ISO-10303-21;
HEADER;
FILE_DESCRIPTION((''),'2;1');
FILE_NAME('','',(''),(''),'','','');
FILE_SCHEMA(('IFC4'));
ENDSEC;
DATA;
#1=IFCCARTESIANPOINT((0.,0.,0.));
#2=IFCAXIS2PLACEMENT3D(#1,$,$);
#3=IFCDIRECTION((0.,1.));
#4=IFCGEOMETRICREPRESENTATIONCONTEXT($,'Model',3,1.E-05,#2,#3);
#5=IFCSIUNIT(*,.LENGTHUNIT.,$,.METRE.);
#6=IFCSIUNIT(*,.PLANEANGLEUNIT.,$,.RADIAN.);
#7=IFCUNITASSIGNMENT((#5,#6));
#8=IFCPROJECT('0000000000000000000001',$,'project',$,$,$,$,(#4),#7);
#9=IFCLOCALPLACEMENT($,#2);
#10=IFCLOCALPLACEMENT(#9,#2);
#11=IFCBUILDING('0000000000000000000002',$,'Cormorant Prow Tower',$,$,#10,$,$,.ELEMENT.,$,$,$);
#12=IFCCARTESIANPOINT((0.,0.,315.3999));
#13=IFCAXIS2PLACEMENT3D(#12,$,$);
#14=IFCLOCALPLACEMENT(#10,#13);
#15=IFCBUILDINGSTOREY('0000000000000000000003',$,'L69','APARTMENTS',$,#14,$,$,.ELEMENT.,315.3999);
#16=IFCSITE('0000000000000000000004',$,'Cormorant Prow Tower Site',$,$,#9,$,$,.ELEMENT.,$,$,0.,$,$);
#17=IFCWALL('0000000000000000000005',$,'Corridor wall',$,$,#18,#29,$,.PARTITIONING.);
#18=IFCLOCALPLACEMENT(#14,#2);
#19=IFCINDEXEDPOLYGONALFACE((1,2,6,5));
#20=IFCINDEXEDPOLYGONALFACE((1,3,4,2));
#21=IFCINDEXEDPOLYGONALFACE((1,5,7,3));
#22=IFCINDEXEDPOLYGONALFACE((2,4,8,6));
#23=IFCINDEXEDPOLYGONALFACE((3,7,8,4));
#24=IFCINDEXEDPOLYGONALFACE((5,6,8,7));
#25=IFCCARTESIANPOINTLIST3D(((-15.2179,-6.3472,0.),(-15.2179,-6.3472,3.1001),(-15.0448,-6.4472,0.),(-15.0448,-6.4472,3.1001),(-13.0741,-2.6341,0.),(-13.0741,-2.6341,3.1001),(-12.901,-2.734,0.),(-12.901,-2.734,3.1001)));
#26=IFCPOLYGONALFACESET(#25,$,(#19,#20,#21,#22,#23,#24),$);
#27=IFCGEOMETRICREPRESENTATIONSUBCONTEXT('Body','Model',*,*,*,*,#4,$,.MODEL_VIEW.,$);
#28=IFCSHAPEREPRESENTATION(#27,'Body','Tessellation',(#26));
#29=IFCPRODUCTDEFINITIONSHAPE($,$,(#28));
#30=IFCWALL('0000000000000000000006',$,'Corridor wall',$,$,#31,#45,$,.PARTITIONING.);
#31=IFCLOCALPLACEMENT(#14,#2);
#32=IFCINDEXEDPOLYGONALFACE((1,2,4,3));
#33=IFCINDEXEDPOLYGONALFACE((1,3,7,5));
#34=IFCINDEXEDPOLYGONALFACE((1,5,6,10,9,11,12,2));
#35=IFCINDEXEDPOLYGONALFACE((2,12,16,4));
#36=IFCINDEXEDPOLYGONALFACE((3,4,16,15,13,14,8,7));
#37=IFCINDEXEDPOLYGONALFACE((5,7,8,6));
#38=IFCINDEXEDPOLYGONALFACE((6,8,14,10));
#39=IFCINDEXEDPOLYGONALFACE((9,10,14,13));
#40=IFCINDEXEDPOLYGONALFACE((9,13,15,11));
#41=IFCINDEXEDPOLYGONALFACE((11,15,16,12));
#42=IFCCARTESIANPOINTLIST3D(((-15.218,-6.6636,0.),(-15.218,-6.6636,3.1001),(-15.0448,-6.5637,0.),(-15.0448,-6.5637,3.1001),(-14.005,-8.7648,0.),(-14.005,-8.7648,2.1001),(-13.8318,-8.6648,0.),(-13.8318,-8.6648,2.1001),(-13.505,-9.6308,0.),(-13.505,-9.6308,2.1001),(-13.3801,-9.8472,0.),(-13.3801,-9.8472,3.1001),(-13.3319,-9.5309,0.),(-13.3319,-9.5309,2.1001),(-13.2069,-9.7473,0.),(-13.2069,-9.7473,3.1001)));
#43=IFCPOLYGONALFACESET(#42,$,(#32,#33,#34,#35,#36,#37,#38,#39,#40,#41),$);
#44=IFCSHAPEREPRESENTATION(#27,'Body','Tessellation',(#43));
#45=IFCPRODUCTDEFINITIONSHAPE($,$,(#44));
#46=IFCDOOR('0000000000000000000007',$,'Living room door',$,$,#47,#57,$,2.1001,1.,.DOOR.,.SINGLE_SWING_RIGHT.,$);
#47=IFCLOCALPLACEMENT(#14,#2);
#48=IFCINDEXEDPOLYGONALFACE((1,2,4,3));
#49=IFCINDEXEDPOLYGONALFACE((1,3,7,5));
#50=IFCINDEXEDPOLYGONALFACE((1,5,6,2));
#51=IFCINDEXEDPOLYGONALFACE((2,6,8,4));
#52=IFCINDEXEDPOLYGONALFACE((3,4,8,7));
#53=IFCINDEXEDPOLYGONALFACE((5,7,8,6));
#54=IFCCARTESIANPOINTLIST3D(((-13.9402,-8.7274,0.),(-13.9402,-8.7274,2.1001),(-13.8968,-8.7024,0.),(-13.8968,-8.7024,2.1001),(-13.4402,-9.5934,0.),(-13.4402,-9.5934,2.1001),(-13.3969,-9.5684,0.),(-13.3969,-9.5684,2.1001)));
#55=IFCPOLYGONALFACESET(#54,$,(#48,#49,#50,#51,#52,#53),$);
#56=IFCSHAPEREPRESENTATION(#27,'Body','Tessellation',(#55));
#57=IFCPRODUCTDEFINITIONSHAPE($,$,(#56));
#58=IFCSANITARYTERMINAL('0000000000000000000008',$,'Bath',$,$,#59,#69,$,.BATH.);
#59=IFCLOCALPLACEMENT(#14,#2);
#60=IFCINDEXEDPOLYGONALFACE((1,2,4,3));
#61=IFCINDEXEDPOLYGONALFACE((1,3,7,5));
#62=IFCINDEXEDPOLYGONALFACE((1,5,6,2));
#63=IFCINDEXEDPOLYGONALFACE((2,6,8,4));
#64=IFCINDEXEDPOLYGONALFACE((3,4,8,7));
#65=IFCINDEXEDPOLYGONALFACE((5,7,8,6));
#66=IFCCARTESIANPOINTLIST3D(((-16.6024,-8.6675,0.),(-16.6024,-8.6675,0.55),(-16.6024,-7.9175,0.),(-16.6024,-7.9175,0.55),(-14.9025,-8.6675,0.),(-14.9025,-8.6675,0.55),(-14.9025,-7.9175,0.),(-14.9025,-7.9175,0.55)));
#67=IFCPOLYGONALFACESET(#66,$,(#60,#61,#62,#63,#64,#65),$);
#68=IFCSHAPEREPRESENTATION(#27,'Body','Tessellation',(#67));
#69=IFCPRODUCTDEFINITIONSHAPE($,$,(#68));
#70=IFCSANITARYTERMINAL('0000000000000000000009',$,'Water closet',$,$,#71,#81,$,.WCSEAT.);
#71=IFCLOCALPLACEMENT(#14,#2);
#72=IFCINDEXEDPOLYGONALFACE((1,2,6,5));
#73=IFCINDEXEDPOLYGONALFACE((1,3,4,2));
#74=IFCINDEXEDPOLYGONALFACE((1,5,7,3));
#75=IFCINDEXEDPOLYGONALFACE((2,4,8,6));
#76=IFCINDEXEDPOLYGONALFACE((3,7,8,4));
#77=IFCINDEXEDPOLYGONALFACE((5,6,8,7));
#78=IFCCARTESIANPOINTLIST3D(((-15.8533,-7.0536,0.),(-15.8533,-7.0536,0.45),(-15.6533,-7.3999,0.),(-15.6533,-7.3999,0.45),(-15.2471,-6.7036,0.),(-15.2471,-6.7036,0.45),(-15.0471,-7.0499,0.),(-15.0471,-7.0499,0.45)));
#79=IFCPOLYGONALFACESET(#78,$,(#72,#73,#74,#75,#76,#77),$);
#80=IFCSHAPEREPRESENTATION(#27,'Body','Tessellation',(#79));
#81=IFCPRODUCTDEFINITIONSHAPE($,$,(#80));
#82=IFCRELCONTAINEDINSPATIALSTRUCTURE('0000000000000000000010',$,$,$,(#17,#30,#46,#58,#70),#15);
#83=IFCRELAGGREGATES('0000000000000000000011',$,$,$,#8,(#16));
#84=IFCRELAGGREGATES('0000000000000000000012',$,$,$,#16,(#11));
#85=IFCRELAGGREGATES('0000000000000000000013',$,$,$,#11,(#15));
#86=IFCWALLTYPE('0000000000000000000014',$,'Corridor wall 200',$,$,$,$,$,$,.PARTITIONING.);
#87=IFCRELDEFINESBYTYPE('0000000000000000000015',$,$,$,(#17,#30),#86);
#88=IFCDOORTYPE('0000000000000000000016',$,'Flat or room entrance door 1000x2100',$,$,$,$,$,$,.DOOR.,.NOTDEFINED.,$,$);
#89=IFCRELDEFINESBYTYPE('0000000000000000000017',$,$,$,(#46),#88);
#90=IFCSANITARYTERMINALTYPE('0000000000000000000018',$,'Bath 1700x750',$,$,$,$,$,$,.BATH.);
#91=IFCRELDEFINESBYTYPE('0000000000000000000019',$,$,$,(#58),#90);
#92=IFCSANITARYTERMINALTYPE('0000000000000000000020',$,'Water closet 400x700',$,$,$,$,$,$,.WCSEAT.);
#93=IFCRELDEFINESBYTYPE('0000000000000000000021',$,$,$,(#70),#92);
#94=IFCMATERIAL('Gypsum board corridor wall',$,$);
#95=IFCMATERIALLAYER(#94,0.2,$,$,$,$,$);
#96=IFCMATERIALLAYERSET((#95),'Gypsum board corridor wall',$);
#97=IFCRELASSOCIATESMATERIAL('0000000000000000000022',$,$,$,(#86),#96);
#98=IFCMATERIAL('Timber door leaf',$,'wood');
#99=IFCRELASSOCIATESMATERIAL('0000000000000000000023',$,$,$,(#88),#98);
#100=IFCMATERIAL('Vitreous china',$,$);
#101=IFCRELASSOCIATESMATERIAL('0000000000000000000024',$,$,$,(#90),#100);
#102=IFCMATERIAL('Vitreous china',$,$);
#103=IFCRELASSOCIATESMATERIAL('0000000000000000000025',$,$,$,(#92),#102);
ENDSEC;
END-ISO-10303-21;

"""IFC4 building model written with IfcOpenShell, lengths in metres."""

from ifc_helpers import new_model, si_unit, direction, frame, frame_2d, origin, origin_2d, place, context, subcontext, project, spatial, rectangle, extrude, material, layer, layer_set, type_object, element, fill, save


model = new_model("IFC4")

# Units and contexts
model_context = context("Model", 3, precision=1e-05, world=origin(), true_north=direction((0.0, 1.0)))
body_context = subcontext(model_context, "Body", "Model", "MODEL_VIEW")
ifc_project = project(units=[si_unit("LENGTHUNIT", "METRE"), si_unit("PLANEANGLEUNIT", "RADIAN")], contexts=[model_context])

# Site, building, storey
site_placement = place(None, origin())
site = spatial("IfcSite", under=ifc_project, at=site_placement, Name="Cormorant Prow Tower Site", CompositionType="ELEMENT", RefElevation=0.0)
building_placement = place(site_placement, origin())
building = spatial("IfcBuilding", under=site, at=building_placement, Name="Cormorant Prow Tower", CompositionType="ELEMENT")
storey_placement = place(building_placement, frame((0.0, 0.0, 315.3999)))
storey = spatial("IfcBuildingStorey", under=building, at=storey_placement, Name="L69", Description="APARTMENTS", CompositionType="ELEMENT", Elevation=315.3999)

# Shared definitions
ifc_material_1 = material(Name="Gypsum board corridor wall")
ifc_layer_1 = layer(ifc_material_1, 0.2)
ifc_layer_set_1 = layer_set([ifc_layer_1], Name="Gypsum board corridor wall")
wall_type_1 = type_object("IfcWallType", Name="Corridor wall 200", PredefinedType="PARTITIONING", material=ifc_layer_set_1)
ifc_material_2 = material(Name="Timber door leaf", Category="wood")
door_type_1 = type_object("IfcDoorType", Name="Flat or room entrance door 1000x2100", OperationType="NOTDEFINED", PredefinedType="DOOR", material=ifc_material_2)

# Wall
wall_1_placement = place(storey_placement, frame((-15.1313, -6.3972, 0.0), z_axis=(0.0, 0.0, 1.0), x_axis=(0.500003, 0.866023, 0.0)))
element("IfcWall", 1, at=wall_1_placement, inside=storey, type_object=wall_type_1, Name="Corridor wall", PredefinedType="PARTITIONING", context=body_context, shape_type="SweptSolid", body=[
    extrude(rectangle(XDim=4.2876, YDim=0.2, at=frame_2d((2.1438, 0.0))), origin(), (0.0, 0.0, 1.0), 3.1001),
])

# Wall, opening, door
wall_2_placement = place(storey_placement, frame((-15.1313, -6.6138, 0.0), z_axis=(0.0, 0.0, 1.0), x_axis=(0.499968, -0.866044, 0.0)))
wall_2 = element("IfcWall", 2, at=wall_2_placement, inside=storey, type_object=wall_type_1, Name="Corridor wall", PredefinedType="PARTITIONING", context=body_context, shape_type="SweptSolid", body=[
    extrude(rectangle(XDim=3.676, YDim=0.2, at=frame_2d((1.8379, 0.0))), origin(), (0.0, 0.0, 1.0), 3.1001),
])
opening_1_placement = place(wall_2_placement, frame((2.426, 0.0, 0.0)))
opening_1 = element("IfcOpeningElement", 3, at=opening_1_placement, cuts=wall_2, PredefinedType="OPENING", context=body_context, shape_type="SweptSolid", body=[
    extrude(rectangle(XDim=1.0, YDim=2.1001, at=frame_2d((0.5, 1.05))), frame((0.0, 0.1099, 0.0), z_axis=(0.0, -1.0, 0.0), x_axis=(1.0, 0.0, 0.0)), (0.0, 0.0, 1.0), 0.22),
])
door_1_placement = place(opening_1_placement, origin())
door_1 = element("IfcDoor", 4, at=door_1_placement, inside=storey, type_object=door_type_1, Name="Living room door", OperationType="SINGLE_SWING_RIGHT", OverallHeight=2.1001, OverallWidth=1.0, PredefinedType="DOOR", context=body_context, shape_type="SweptSolid", body=[
    extrude(rectangle(XDim=1.0, YDim=2.1001, at=frame_2d((0.5, 1.05))), frame((0.0, 0.0249, 0.0), z_axis=(0.0, -1.0, 0.0), x_axis=(1.0, 0.0, 0.0)), (0.0, 0.0, 1.0), 0.05),
])
fill(opening_1, door_1)

# Sanitary terminals
ifc_material_3 = material(Name="Vitreous china")
sanitary_terminal_type_1 = type_object("IfcSanitaryTerminalType", Name="Bath 1700x750", PredefinedType="BATH", material=ifc_material_3)
sanitary_terminal_1_placement = place(storey_placement, frame((-15.7524, -8.2925, 0.0), z_axis=(0.0, 0.0, 1.0), x_axis=(1.0, 0.0, 0.0)))
element("IfcSanitaryTerminal", 5, at=sanitary_terminal_1_placement, inside=storey, type_object=sanitary_terminal_type_1, Name="Bath", PredefinedType="BATH", context=body_context, shape_type="SweptSolid", body=[
    extrude(rectangle(XDim=1.7, YDim=0.75, at=origin_2d()), origin(), (0.0, 0.0, 1.0), 0.55),
])
ifc_material_4 = material(Name="Vitreous china")
sanitary_terminal_type_2 = type_object("IfcSanitaryTerminalType", Name="Water closet 400x700", PredefinedType="WCSEAT", material=ifc_material_4)
sanitary_terminal_2_placement = place(storey_placement, frame((-15.4502, -7.0518, 0.0), z_axis=(0.0, 0.0, 1.0), x_axis=(0.5, -0.866025, 0.0)))
element("IfcSanitaryTerminal", 6, at=sanitary_terminal_2_placement, inside=storey, type_object=sanitary_terminal_type_2, Name="Water closet", PredefinedType="WCSEAT", context=body_context, shape_type="SweptSolid", body=[
    extrude(rectangle(XDim=0.3999, YDim=0.7, at=origin_2d()), origin(), (0.0, 0.0, 1.0), 0.45),
])

save(model, "model.ifc")
